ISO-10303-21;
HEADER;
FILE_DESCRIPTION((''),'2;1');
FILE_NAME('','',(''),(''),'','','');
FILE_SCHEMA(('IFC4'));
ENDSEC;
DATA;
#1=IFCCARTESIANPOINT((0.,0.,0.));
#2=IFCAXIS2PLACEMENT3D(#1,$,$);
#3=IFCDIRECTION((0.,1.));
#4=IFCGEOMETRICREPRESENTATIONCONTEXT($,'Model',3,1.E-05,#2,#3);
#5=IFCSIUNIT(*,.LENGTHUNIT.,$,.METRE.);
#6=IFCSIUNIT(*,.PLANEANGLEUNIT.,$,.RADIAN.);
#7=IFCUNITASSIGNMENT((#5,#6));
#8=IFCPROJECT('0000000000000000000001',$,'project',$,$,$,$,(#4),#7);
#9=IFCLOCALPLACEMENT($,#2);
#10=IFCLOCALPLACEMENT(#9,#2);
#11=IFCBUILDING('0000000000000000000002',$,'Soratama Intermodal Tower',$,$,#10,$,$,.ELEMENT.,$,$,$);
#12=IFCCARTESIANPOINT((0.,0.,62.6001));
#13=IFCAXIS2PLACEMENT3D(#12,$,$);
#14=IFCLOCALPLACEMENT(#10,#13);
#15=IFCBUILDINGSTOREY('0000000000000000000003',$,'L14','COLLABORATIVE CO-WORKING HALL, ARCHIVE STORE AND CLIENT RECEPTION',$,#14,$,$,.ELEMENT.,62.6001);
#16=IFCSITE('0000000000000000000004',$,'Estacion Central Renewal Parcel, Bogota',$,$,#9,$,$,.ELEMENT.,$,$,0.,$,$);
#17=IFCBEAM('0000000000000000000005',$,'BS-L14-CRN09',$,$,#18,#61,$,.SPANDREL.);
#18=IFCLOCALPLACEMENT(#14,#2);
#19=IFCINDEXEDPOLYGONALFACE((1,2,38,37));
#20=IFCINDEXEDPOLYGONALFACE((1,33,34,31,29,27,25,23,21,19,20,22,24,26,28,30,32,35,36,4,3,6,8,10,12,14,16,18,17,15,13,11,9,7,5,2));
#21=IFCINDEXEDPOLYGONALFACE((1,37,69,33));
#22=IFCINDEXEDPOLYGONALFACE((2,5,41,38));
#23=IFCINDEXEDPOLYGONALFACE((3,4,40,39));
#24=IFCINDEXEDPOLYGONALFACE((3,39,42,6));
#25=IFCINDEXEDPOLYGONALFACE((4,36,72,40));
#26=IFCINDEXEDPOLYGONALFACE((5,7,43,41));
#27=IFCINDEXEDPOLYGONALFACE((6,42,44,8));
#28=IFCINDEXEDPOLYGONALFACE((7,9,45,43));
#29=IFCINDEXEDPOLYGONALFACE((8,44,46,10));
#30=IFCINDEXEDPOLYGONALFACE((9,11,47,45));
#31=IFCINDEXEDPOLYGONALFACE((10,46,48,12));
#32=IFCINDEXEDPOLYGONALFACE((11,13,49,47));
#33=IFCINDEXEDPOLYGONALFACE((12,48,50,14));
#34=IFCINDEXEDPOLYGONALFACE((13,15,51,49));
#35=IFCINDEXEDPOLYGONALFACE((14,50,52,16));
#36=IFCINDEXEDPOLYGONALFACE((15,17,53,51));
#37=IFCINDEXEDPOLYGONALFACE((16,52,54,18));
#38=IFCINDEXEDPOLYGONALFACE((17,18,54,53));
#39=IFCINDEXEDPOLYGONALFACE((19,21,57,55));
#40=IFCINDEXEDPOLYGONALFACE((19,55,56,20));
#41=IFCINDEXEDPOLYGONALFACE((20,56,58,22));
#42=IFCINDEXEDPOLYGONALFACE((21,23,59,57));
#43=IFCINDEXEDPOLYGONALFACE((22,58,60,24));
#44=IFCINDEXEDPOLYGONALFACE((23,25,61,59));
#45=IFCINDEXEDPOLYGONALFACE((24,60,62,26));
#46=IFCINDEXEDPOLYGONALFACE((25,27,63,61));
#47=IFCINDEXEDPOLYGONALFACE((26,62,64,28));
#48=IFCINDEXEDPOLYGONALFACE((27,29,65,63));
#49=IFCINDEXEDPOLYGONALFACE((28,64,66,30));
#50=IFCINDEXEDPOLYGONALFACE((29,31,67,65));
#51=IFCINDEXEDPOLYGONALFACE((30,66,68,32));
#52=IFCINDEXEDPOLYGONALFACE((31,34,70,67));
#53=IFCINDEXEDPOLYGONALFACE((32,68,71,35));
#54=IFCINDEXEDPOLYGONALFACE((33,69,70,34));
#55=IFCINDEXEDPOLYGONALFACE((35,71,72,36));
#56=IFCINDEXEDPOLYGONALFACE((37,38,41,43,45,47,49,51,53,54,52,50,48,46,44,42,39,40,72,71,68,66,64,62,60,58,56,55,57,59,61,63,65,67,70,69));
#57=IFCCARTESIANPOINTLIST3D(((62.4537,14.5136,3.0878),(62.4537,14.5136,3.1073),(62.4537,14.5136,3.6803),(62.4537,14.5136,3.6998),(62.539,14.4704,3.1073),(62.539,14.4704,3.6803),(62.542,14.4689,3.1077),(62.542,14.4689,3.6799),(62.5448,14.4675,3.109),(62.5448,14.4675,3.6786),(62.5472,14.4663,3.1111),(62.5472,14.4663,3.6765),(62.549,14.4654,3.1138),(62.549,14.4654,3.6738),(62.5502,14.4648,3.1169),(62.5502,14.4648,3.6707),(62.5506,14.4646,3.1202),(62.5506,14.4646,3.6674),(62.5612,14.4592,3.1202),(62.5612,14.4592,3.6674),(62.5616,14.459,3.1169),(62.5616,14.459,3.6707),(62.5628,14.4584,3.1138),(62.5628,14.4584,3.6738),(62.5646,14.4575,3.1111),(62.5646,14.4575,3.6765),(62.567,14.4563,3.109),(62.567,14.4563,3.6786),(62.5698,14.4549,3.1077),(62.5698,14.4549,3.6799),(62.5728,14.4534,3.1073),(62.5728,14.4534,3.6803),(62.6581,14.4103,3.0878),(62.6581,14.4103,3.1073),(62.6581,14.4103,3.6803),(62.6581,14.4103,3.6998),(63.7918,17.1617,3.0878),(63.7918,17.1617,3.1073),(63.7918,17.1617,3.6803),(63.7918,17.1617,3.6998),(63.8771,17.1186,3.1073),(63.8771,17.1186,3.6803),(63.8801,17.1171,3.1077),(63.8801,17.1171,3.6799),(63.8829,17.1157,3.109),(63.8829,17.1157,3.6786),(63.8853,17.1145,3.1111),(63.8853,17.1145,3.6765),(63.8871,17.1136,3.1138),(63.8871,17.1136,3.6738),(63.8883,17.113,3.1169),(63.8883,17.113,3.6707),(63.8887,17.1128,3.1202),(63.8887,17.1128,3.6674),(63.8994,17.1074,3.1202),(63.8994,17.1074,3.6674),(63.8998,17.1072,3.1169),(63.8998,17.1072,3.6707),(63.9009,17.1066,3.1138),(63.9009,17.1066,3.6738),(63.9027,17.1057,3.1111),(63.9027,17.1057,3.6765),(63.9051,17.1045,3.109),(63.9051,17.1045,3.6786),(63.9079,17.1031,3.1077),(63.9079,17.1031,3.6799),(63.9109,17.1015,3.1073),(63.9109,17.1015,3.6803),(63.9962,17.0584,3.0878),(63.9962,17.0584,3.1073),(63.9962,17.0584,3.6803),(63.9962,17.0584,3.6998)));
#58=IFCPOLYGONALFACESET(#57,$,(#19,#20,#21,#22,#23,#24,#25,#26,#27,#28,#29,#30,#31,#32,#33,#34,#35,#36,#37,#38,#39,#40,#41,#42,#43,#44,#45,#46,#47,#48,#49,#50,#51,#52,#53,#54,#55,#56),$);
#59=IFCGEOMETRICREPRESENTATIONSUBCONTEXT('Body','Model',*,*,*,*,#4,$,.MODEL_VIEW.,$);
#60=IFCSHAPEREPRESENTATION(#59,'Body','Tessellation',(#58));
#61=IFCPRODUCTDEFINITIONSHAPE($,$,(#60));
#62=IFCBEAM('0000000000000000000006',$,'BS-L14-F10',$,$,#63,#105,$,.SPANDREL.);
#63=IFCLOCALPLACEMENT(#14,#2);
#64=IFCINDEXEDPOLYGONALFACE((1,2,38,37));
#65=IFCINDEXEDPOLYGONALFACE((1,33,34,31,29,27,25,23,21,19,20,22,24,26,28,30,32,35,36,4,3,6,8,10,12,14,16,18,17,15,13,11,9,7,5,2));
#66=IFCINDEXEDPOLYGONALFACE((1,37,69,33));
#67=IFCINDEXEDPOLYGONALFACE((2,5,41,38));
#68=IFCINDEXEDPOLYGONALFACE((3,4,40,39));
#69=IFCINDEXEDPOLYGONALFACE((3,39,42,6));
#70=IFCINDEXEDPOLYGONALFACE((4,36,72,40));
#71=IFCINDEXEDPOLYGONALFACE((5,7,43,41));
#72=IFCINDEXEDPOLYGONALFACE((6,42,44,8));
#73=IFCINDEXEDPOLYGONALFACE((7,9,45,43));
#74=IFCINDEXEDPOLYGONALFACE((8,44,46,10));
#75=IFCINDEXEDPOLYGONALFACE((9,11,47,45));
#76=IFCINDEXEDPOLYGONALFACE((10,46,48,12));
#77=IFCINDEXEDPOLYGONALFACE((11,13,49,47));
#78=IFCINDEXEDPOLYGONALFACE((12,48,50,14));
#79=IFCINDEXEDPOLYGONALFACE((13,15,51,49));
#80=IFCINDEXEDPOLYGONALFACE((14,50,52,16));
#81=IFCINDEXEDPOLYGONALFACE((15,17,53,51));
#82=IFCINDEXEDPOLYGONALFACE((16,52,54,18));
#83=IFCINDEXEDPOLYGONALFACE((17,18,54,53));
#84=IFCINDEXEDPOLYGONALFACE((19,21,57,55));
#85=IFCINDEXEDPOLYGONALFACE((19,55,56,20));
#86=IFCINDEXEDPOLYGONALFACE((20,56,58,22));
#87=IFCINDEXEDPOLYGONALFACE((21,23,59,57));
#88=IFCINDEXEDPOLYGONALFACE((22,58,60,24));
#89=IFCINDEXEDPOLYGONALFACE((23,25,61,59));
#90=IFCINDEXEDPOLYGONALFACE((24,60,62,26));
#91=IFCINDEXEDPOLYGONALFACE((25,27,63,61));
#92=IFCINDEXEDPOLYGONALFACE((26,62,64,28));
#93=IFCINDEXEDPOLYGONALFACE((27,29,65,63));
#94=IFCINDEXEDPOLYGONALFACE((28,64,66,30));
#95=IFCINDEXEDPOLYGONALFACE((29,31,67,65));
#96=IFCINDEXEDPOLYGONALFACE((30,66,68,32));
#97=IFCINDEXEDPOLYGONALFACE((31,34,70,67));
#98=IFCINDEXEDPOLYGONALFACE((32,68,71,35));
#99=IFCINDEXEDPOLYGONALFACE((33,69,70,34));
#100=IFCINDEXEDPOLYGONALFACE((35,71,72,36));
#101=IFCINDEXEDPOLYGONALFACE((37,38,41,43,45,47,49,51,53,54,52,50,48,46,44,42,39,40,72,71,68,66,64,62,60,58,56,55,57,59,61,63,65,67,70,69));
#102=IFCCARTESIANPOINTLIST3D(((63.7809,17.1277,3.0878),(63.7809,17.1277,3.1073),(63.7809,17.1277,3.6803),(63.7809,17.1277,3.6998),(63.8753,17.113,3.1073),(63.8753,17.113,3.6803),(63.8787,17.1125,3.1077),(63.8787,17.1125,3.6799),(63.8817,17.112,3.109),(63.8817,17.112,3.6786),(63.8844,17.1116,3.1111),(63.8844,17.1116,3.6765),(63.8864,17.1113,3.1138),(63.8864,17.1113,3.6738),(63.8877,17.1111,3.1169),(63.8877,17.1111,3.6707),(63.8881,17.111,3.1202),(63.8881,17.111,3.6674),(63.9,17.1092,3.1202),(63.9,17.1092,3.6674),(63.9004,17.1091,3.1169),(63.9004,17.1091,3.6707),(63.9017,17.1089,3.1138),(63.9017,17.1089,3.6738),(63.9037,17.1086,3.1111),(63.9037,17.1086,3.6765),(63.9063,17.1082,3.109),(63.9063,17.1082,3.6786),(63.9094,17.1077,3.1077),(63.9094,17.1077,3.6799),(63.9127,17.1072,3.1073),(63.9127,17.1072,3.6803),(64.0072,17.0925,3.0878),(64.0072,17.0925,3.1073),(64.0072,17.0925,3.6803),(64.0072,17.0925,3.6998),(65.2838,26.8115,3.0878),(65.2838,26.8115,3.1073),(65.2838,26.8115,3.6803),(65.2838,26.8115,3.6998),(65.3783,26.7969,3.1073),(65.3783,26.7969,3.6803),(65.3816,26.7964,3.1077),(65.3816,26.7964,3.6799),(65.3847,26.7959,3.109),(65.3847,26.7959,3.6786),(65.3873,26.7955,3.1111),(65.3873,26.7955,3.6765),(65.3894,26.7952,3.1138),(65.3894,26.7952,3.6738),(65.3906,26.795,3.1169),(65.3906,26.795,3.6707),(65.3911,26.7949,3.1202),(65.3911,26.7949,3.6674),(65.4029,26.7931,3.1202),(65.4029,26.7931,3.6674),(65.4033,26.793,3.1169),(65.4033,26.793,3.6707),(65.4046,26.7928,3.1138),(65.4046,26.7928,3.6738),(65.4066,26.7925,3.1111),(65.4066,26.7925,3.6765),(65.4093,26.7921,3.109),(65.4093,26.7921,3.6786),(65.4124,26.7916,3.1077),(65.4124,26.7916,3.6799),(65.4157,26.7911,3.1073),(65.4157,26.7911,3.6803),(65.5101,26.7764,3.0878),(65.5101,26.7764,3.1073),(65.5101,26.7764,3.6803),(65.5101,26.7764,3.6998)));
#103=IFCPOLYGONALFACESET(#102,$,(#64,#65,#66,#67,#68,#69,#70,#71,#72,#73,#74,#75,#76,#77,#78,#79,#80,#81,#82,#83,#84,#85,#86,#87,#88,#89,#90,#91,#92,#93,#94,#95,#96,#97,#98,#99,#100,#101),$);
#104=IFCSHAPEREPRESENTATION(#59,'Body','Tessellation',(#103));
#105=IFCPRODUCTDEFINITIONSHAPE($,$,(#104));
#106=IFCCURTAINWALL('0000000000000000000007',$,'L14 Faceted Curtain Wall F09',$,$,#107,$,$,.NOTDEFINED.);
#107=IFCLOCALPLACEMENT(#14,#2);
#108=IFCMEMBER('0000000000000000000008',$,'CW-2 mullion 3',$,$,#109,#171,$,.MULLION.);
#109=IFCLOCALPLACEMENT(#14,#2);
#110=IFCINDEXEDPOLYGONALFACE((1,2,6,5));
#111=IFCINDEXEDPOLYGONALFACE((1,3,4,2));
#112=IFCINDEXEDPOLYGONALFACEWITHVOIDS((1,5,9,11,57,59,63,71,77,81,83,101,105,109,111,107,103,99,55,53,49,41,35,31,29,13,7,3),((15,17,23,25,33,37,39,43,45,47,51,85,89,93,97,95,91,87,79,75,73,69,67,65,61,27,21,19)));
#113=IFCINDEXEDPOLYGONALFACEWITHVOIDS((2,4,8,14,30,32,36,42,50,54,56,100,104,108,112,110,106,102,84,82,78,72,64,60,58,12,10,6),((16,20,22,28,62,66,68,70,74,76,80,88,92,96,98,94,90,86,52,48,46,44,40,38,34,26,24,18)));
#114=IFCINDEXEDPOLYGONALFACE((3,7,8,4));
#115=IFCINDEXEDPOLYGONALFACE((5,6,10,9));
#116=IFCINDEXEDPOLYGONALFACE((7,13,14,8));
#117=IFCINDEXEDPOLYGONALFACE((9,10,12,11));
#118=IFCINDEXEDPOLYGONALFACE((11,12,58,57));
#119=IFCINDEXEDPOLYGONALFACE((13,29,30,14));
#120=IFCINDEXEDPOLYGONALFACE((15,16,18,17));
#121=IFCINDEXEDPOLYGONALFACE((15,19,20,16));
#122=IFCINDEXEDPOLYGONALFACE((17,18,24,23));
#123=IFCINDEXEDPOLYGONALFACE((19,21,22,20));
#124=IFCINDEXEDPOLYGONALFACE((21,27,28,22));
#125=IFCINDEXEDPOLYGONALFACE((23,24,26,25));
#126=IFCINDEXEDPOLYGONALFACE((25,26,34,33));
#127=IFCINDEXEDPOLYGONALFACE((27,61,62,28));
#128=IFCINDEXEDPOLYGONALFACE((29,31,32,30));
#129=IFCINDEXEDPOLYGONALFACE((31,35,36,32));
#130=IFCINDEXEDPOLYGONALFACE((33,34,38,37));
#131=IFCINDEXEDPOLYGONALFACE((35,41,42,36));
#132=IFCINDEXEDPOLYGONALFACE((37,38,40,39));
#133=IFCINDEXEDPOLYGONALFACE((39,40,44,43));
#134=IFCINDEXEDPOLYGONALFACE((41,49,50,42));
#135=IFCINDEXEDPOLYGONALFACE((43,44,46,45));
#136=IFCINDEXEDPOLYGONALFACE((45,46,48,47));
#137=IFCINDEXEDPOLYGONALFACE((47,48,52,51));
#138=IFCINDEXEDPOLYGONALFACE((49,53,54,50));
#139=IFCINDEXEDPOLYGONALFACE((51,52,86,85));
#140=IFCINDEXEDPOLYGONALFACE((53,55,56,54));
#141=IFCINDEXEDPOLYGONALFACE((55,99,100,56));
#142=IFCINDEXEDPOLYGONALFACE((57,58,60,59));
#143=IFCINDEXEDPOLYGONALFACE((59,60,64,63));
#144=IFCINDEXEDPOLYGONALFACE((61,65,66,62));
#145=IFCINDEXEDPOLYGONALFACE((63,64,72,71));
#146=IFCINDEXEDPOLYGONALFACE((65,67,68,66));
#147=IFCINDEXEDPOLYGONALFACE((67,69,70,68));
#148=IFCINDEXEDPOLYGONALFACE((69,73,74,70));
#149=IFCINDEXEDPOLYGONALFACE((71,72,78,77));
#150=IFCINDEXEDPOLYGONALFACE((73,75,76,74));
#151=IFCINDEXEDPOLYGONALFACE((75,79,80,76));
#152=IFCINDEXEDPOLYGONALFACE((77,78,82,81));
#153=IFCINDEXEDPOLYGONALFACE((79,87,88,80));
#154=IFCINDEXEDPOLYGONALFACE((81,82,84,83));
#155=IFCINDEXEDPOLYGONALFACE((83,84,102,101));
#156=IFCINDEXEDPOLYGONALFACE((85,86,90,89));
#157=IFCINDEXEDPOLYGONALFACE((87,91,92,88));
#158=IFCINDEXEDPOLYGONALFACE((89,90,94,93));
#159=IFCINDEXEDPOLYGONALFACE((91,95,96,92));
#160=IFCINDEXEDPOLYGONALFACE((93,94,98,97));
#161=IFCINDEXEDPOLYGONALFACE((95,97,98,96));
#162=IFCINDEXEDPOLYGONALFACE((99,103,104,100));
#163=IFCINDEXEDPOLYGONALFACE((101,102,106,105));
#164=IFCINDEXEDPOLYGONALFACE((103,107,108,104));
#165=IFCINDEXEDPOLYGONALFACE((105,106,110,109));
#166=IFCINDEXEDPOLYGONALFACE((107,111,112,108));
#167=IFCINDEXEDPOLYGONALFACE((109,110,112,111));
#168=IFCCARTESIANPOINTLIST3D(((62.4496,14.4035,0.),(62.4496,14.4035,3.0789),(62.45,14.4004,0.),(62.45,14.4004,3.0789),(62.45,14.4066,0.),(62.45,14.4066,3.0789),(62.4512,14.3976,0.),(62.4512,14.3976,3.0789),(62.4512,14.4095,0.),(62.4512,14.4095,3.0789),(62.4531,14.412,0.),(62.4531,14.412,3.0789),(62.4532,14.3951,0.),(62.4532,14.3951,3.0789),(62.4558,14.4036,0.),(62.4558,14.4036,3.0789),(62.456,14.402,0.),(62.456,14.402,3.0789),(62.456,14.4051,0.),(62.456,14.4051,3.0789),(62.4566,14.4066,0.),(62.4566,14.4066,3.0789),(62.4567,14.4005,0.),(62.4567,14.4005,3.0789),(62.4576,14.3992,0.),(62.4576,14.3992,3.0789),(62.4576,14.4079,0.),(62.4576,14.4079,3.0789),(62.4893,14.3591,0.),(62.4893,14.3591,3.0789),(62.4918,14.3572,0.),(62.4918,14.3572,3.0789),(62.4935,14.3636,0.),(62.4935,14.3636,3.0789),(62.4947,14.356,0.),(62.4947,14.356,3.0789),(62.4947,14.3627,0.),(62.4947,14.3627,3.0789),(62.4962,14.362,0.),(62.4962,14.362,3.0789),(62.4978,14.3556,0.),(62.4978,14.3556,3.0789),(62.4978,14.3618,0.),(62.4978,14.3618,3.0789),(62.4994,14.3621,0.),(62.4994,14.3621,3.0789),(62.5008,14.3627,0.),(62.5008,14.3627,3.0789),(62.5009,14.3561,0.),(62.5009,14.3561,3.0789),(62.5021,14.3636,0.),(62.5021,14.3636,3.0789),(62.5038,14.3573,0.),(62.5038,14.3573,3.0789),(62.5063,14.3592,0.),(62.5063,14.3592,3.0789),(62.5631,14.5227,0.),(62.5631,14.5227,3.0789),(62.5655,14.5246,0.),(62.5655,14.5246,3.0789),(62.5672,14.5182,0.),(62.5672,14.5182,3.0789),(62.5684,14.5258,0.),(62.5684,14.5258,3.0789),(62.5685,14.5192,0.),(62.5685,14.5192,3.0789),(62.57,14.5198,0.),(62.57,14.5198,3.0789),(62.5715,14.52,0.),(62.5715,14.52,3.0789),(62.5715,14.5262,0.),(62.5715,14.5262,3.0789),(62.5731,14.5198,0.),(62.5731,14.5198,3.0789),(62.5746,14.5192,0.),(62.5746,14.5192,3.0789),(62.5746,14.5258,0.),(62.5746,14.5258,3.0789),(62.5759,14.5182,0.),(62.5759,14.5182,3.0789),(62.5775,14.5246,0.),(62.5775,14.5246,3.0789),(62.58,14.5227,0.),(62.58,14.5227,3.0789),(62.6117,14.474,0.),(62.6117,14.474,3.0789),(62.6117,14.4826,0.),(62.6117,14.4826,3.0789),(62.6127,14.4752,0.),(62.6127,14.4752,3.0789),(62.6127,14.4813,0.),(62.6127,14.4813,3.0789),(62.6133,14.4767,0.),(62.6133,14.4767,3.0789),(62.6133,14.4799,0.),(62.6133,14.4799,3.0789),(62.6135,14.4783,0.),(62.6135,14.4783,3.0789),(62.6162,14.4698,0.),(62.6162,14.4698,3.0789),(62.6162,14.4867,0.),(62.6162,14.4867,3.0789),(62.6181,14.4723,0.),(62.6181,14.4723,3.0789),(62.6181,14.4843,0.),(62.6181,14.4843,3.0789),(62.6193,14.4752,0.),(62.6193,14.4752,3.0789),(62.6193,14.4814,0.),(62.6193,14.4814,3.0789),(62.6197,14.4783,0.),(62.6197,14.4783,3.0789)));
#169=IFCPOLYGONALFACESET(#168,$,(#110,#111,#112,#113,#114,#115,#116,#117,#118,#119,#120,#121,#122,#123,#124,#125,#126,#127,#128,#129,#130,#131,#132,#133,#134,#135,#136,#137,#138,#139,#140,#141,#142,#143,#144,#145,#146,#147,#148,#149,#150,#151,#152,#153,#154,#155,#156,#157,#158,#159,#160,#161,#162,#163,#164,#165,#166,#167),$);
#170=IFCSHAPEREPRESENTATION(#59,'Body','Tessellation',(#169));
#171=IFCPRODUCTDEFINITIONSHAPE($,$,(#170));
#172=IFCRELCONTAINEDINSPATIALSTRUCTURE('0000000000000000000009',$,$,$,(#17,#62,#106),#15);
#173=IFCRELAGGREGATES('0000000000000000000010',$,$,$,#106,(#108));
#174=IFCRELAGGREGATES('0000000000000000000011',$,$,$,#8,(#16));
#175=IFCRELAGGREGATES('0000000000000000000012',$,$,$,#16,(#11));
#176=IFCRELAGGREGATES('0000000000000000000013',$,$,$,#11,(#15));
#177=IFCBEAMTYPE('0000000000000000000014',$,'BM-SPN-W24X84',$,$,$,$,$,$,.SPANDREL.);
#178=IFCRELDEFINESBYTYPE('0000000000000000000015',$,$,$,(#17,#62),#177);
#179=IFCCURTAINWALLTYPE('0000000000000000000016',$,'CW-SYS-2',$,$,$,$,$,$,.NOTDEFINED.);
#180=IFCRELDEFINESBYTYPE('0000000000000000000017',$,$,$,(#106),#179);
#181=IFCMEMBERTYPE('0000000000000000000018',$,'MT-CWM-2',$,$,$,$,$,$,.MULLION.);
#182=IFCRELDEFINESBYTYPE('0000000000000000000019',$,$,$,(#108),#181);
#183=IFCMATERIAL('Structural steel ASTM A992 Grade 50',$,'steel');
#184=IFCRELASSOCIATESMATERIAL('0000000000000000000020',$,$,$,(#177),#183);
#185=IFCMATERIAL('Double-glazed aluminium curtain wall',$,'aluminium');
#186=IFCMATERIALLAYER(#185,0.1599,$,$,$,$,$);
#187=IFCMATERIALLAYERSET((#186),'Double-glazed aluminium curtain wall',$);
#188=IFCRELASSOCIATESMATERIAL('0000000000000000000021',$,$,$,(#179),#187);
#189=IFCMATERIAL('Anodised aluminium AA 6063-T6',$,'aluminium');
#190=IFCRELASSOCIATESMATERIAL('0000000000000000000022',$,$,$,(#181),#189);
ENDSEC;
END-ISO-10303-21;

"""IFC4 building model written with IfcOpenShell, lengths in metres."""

from ifc_helpers import new_model, si_unit, direction, frame, origin, origin_2d, place, context, subcontext, project, spatial, hollow_rectangle, i_section, extrude, material, layer, layer_set, material_profile, profile_set, type_object, element, aggregate, save


model = new_model("IFC4")

# Units and contexts
model_context = context("Model", 3, precision=1e-05, world=origin(), true_north=direction((0.0, 1.0)))
body_context = subcontext(model_context, "Body", "Model", "MODEL_VIEW")
ifc_project = project(units=[si_unit("LENGTHUNIT", "METRE"), si_unit("PLANEANGLEUNIT", "RADIAN")], contexts=[model_context])

# Site, building, storey
site_placement = place(None, origin())
site = spatial("IfcSite", under=ifc_project, at=site_placement, Name="Estacion Central Renewal Parcel, Bogota", CompositionType="ELEMENT", RefElevation=0.0)
building_placement = place(site_placement, origin())
building = spatial("IfcBuilding", under=site, at=building_placement, Name="Soratama Intermodal Tower", CompositionType="ELEMENT")
storey_placement = place(building_placement, frame((0.0, 0.0, 62.6001)))
storey = spatial("IfcBuildingStorey", under=building, at=storey_placement, Name="L14", Description="COLLABORATIVE CO-WORKING HALL, ARCHIVE STORE AND CLIENT RECEPTION", CompositionType="ELEMENT", Elevation=62.6001)

# Beams
ifc_material_1 = material(Name="Structural steel ASTM A992 Grade 50", Category="steel")
ifc_material_profile_1 = material_profile(ifc_material_1, i_section(OverallWidth=0.229, OverallDepth=0.6121, WebThickness=0.012, FlangeThickness=0.0195, FilletRadius=0.0129, at=origin_2d()), Name="W24X84")
ifc_profile_set_1 = profile_set([ifc_material_profile_1], Name="Structural steel ASTM A992 Grade 50")
beam_type_1 = type_object("IfcBeamType", Name="BM-SPN-W24X84", PredefinedType="SPANDREL", material=ifc_profile_set_1)
beam_1_placement = place(storey_placement, frame((62.5559, 14.4619, 3.3938), z_axis=(0.450995, 0.892527, 0.0), x_axis=(-0.892527, 0.450995, 0.0)))
element("IfcBeam", 1, at=beam_1_placement, inside=storey, type_object=beam_type_1, Name="BS-L14-CRN09", PredefinedType="SPANDREL", context=body_context, shape_type="SweptSolid", body=[
    extrude(i_section(OverallWidth=0.229, OverallDepth=0.6121, WebThickness=0.012, FlangeThickness=0.0195, FilletRadius=0.0129, at=origin_2d()), origin(), (0.0, 0.0, 1.0), 2.967),
])
beam_2_placement = place(storey_placement, frame((63.894, 17.1101, 3.3938), z_axis=(0.153364, 0.98817, 0.0), x_axis=(-0.98817, 0.153364, 0.0)))
element("IfcBeam", 2, at=beam_2_placement, inside=storey, type_object=beam_type_1, Name="BS-L14-F10", PredefinedType="SPANDREL", context=body_context, shape_type="SweptSolid", body=[
    extrude(i_section(OverallWidth=0.229, OverallDepth=0.6121, WebThickness=0.012, FlangeThickness=0.0195, FilletRadius=0.0129, at=origin_2d()), origin(), (0.0, 0.0, 1.0), 9.7998),
])

# Curtain wall, member
ifc_material_2 = material(Name="Double-glazed aluminium curtain wall", Category="aluminium")
ifc_layer_1 = layer(ifc_material_2, 0.1599)
ifc_layer_set_1 = layer_set([ifc_layer_1], Name="Double-glazed aluminium curtain wall")
curtain_wall_type = type_object("IfcCurtainWallType", Name="CW-SYS-2", PredefinedType="NOTDEFINED", material=ifc_layer_set_1)
curtain_wall_1_placement = place(storey_placement, origin())
curtain_wall_1 = element("IfcCurtainWall", 3, at=curtain_wall_1_placement, inside=storey, type_object=curtain_wall_type, Name="L14 Faceted Curtain Wall F09", PredefinedType="NOTDEFINED")
ifc_material_3 = material(Name="Anodised aluminium AA 6063-T6", Category="aluminium")
ifc_material_profile_2 = material_profile(ifc_material_3, hollow_rectangle(XDim=0.075, YDim=0.1799, WallThickness=0.0061, InnerFilletRadius=0.0061, OuterFilletRadius=0.012, at=origin_2d()), Name="CWM180X75X6")
ifc_profile_set_2 = profile_set([ifc_material_profile_2], Name="Anodised aluminium AA 6063-T6")
member_type_1 = type_object("IfcMemberType", Name="MT-CWM-2", PredefinedType="MULLION", material=ifc_profile_set_2)
member_1_placement = place(storey_placement, frame((62.5347, 14.4409, 0.0), z_axis=(0.0, 0.0, 1.0), x_axis=(-0.709328, 0.704879, 0.0)))
member_1 = element("IfcMember", 4, at=member_1_placement, type_object=member_type_1, Name="CW-2 mullion 3", PredefinedType="MULLION", context=body_context, shape_type="SweptSolid", body=[
    extrude(hollow_rectangle(XDim=0.075, YDim=0.1799, WallThickness=0.0061, InnerFilletRadius=0.0061, OuterFilletRadius=0.012, at=origin_2d()), origin(), (0.0, 0.0, 1.0), 3.0789),
])
aggregate(curtain_wall_1, [member_1])

save(model, "model.ifc")
